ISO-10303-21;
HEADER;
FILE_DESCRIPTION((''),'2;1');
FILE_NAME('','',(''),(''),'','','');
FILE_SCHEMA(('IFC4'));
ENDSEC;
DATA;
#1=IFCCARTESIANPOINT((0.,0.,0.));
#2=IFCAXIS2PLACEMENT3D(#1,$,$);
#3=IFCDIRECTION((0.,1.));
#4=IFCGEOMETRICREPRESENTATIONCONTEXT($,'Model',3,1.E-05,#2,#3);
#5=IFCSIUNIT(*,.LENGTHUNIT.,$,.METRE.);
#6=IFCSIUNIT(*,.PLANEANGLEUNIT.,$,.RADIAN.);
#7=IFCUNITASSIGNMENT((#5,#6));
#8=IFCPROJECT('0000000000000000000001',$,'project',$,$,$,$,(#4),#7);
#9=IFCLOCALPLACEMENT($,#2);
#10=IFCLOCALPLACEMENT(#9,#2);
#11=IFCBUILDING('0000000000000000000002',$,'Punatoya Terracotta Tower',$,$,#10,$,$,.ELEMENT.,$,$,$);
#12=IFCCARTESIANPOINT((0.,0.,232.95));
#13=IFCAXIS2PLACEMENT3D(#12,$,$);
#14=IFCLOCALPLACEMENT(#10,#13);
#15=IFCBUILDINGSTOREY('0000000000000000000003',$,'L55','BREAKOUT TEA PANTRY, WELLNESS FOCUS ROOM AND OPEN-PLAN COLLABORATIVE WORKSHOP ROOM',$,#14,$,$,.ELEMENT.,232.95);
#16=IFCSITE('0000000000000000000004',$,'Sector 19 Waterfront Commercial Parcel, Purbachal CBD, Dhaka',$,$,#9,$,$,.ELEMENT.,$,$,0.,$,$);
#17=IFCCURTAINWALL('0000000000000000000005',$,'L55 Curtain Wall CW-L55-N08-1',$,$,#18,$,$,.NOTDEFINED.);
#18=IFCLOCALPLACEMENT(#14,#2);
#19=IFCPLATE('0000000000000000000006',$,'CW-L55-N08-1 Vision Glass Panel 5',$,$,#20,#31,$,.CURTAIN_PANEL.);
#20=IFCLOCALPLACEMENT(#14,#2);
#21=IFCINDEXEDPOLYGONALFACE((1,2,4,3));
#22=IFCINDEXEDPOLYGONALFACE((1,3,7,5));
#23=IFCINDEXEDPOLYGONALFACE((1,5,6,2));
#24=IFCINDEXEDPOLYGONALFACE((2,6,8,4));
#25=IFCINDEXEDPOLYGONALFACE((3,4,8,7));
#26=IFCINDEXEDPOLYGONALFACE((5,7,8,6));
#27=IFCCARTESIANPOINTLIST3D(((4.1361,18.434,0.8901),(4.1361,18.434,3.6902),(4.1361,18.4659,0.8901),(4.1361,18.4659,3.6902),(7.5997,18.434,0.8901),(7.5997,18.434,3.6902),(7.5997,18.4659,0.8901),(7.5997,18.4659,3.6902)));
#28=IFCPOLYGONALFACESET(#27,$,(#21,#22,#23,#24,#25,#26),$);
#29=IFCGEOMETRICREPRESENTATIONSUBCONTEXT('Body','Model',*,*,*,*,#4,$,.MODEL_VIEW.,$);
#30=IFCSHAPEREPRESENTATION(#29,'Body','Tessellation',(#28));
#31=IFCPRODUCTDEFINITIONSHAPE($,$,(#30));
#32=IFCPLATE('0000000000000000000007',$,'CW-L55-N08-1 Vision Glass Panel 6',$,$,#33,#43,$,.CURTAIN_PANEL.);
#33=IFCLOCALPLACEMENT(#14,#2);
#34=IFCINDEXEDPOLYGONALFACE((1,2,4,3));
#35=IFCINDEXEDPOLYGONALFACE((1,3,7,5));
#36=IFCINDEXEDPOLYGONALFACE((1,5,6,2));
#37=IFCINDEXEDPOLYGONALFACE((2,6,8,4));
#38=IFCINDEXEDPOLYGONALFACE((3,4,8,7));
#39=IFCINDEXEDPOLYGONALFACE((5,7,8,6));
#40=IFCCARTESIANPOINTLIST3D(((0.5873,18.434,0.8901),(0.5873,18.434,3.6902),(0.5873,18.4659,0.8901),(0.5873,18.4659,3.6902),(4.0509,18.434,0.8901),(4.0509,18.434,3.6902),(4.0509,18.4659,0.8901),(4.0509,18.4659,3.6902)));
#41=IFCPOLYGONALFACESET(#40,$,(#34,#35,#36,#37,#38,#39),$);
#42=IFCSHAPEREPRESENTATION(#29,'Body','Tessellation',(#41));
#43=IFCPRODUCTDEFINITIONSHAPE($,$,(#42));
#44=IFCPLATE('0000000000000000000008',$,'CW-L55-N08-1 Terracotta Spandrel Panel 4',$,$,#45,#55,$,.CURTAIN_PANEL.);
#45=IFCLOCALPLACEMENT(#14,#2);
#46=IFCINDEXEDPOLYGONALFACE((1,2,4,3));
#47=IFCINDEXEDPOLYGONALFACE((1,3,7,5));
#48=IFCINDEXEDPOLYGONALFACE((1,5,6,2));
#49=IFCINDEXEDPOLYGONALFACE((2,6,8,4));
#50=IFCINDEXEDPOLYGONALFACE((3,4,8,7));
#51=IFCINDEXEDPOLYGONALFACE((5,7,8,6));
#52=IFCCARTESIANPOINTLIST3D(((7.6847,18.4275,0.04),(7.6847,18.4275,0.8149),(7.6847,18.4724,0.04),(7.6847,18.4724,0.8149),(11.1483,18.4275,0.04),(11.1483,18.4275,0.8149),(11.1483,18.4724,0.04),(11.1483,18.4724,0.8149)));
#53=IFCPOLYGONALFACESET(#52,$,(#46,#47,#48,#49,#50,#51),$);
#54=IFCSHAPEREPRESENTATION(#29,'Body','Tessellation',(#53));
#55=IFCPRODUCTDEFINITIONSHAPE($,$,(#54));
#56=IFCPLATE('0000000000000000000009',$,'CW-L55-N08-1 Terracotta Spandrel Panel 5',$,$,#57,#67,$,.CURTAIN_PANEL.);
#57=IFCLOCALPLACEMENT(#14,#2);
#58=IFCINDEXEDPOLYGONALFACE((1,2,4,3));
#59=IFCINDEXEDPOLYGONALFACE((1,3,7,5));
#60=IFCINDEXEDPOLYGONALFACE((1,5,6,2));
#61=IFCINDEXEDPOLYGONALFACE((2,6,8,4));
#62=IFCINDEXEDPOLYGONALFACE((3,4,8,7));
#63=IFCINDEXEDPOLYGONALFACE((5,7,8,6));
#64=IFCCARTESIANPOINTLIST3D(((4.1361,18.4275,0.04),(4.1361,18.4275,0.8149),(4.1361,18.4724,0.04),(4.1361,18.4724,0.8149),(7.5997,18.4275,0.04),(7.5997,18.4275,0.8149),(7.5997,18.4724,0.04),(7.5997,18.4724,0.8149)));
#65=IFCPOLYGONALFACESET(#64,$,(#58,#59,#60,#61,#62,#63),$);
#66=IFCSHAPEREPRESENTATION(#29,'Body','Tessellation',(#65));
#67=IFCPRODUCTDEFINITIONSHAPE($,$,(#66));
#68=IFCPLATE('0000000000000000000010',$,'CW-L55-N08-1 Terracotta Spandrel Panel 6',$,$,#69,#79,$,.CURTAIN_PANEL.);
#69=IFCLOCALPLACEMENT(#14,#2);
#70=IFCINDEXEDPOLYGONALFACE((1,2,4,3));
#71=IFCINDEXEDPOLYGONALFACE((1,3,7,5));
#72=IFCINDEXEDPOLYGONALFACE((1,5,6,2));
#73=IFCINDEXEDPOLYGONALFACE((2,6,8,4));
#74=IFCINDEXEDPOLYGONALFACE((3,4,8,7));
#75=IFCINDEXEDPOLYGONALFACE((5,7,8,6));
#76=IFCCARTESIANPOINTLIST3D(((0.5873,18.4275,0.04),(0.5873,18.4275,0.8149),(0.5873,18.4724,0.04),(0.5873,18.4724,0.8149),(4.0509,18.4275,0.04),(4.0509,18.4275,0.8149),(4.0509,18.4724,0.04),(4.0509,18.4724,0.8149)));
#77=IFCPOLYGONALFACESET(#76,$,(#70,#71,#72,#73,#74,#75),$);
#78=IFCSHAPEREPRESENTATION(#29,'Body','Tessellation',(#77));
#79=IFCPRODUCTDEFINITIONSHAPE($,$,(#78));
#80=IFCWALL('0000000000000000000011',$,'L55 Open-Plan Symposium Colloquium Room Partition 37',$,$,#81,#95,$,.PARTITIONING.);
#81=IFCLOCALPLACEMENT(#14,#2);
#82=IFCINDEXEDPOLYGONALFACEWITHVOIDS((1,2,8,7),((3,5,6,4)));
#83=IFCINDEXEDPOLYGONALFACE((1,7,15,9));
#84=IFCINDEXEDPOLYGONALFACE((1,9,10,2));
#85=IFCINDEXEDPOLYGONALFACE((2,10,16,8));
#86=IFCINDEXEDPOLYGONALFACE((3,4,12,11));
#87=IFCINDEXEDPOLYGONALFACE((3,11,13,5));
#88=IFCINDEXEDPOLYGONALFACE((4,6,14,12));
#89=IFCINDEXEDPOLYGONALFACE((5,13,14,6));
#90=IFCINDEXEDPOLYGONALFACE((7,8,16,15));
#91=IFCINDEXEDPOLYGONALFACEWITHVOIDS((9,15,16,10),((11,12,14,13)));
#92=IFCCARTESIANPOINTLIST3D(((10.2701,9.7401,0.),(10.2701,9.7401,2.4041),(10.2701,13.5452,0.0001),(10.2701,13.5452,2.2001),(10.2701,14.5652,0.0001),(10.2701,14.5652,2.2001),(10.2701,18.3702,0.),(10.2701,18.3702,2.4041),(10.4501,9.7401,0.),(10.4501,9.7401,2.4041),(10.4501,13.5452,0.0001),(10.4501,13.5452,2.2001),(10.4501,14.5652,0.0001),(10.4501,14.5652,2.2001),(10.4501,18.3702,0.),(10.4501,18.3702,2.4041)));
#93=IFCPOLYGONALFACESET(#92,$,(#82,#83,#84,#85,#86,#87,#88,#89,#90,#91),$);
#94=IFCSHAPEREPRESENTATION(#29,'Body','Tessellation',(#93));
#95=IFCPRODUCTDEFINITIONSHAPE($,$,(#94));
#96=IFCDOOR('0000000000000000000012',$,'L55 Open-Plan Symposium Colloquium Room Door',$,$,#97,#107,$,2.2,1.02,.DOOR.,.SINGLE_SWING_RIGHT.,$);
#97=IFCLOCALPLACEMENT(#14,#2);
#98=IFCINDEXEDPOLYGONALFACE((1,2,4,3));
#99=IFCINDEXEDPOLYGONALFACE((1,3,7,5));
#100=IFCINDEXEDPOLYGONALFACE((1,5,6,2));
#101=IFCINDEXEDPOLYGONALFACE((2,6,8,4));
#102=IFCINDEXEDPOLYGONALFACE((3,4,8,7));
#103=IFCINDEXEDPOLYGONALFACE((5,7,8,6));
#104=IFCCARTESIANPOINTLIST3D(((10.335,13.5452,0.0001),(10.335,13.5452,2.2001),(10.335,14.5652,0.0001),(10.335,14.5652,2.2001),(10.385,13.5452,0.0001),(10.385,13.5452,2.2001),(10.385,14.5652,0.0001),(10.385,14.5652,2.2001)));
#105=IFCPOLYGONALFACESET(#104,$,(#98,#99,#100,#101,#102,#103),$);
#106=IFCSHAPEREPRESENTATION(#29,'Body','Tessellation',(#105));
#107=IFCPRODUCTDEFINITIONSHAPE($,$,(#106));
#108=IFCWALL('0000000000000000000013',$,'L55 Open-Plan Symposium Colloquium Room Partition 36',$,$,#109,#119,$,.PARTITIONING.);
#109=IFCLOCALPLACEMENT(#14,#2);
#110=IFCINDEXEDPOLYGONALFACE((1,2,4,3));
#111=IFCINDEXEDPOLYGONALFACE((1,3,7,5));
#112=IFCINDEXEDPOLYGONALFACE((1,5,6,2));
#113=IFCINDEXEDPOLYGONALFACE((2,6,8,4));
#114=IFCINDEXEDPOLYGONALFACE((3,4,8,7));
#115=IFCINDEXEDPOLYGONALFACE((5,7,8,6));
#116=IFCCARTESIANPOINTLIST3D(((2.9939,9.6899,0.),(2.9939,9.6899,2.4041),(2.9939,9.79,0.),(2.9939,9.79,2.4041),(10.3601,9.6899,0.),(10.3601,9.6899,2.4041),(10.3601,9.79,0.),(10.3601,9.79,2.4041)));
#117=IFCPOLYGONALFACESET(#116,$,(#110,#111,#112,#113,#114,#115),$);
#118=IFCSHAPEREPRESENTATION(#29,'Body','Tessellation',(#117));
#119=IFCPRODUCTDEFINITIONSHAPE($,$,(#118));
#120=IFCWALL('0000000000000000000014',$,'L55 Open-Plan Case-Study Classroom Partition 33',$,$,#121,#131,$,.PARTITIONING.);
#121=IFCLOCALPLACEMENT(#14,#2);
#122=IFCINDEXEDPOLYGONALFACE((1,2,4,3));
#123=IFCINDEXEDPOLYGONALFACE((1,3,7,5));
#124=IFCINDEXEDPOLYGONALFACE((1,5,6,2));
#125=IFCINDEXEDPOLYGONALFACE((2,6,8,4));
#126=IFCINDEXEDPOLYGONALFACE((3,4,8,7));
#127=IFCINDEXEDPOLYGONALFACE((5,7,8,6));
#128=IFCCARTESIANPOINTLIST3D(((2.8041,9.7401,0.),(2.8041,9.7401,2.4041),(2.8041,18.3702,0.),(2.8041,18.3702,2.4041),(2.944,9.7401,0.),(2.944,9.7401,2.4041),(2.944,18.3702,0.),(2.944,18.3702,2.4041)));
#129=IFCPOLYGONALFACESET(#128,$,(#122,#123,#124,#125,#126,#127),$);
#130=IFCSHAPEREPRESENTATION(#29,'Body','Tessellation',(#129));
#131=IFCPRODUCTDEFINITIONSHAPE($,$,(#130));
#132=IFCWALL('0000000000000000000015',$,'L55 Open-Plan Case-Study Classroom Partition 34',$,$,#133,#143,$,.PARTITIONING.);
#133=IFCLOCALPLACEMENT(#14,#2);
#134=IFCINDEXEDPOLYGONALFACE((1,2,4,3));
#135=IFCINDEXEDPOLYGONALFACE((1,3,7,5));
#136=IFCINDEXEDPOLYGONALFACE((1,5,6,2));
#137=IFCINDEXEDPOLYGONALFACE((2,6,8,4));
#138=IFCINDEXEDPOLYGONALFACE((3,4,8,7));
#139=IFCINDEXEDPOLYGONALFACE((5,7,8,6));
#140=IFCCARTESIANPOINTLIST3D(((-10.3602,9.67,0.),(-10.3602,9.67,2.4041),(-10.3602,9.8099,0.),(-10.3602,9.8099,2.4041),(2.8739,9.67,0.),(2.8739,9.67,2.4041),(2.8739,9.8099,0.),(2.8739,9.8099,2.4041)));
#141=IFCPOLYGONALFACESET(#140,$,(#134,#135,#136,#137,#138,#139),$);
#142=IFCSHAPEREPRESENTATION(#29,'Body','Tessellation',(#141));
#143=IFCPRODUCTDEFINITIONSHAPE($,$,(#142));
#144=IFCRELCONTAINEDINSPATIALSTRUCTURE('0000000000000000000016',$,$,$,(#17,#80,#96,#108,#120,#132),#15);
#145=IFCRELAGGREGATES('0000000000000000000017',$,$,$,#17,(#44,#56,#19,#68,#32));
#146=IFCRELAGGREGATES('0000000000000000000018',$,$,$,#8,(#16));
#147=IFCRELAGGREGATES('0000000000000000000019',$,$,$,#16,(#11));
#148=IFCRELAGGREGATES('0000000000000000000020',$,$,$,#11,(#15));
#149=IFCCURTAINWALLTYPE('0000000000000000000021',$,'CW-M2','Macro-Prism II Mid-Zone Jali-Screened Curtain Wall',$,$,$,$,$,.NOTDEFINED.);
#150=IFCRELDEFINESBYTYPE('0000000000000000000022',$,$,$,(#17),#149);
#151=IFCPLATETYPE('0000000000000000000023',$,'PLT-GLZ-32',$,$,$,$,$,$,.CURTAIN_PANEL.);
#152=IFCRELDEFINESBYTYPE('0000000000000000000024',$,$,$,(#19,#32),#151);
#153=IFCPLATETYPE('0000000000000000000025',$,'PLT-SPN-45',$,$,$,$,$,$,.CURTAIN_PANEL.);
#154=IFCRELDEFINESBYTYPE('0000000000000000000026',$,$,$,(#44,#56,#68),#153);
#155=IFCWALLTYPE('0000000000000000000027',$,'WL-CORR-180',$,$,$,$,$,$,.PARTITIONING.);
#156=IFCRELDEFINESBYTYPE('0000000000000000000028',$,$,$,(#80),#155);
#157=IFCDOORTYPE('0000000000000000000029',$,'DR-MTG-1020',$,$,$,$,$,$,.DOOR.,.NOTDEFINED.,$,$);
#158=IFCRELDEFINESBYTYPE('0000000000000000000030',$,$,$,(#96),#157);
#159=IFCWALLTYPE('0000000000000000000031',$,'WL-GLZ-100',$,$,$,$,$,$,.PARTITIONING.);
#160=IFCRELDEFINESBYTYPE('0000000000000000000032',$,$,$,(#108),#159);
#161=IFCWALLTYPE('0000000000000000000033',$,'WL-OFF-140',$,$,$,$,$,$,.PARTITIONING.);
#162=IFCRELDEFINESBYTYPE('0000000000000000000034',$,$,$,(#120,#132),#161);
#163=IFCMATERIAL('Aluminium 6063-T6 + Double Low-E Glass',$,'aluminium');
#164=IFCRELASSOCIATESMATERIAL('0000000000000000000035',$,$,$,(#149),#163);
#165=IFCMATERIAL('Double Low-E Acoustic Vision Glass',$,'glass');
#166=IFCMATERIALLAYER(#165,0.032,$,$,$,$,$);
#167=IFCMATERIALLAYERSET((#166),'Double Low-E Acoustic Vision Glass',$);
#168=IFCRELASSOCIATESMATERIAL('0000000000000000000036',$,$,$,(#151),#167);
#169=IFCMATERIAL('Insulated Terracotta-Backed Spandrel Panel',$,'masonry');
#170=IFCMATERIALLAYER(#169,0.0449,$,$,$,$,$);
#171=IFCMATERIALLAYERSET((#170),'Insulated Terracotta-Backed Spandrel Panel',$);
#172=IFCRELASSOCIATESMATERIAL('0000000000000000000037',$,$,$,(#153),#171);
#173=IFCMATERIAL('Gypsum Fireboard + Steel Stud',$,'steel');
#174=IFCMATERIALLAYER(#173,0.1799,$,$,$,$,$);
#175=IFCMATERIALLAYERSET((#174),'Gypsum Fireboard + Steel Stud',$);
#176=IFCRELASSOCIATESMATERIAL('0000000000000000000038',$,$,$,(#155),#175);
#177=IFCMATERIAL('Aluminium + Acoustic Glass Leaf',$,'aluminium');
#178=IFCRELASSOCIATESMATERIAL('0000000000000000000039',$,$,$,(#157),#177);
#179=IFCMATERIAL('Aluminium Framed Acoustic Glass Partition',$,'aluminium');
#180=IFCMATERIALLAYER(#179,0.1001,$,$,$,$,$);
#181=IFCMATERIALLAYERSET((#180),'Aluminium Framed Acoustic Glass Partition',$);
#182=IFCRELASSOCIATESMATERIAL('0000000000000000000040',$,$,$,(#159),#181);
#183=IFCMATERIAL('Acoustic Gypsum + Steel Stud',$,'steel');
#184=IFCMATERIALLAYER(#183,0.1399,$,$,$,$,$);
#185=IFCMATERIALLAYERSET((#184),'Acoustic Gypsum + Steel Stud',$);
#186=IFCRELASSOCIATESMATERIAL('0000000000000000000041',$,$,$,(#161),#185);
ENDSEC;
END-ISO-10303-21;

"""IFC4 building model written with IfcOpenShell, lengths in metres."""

from ifc_helpers import new_model, si_unit, direction, frame, frame_2d, origin, origin_2d, place, context, subcontext, project, spatial, rectangle, extrude, material, layer, layer_set, type_object, element, fill, aggregate, save


model = new_model("IFC4")

# Units and contexts
model_context = context("Model", 3, precision=1e-05, world=origin(), true_north=direction((0.0, 1.0)))
body_context = subcontext(model_context, "Body", "Model", "MODEL_VIEW")
ifc_project = project(units=[si_unit("LENGTHUNIT", "METRE"), si_unit("PLANEANGLEUNIT", "RADIAN")], contexts=[model_context])

# Site, building, storey
site_placement = place(None, origin())
site = spatial("IfcSite", under=ifc_project, at=site_placement, Name="Sector 19 Waterfront Commercial Parcel, Purbachal CBD, Dhaka", CompositionType="ELEMENT", RefElevation=0.0)
building_placement = place(site_placement, origin())
building = spatial("IfcBuilding", under=site, at=building_placement, Name="Punatoya Terracotta Tower", CompositionType="ELEMENT")
storey_placement = place(building_placement, frame((0.0, 0.0, 232.95)))
storey = spatial("IfcBuildingStorey", under=building, at=storey_placement, Name="L55", Description="BREAKOUT TEA PANTRY, WELLNESS FOCUS ROOM AND OPEN-PLAN COLLABORATIVE WORKSHOP ROOM", CompositionType="ELEMENT", Elevation=232.95)

# Curtain wall, plates
ifc_material_1 = material(Name="Aluminium 6063-T6 + Double Low-E Glass", Category="aluminium")
curtain_wall_type = type_object("IfcCurtainWallType", Name="CW-M2", Description="Macro-Prism II Mid-Zone Jali-Screened Curtain Wall", PredefinedType="NOTDEFINED", material=ifc_material_1)
curtain_wall_placement = place(storey_placement, origin())
curtain_wall = element("IfcCurtainWall", 1, at=curtain_wall_placement, inside=storey, type_object=curtain_wall_type, Name="L55 Curtain Wall CW-L55-N08-1", PredefinedType="NOTDEFINED")
ifc_material_2 = material(Name="Double Low-E Acoustic Vision Glass", Category="glass")
ifc_layer_1 = layer(ifc_material_2, 0.032)
ifc_layer_set_1 = layer_set([ifc_layer_1], Name="Double Low-E Acoustic Vision Glass")
plate_type_1 = type_object("IfcPlateType", Name="PLT-GLZ-32", PredefinedType="CURTAIN_PANEL", material=ifc_layer_set_1)
plate_1_placement = place(storey_placement, frame((5.8679, 18.45, 0.8901), z_axis=(0.0, 0.0, 1.0), x_axis=(-1.0, 0.0, 0.0)))
plate_1 = element("IfcPlate", 2, at=plate_1_placement, type_object=plate_type_1, Name="CW-L55-N08-1 Vision Glass Panel 5", PredefinedType="CURTAIN_PANEL", context=body_context, shape_type="SweptSolid", body=[
    extrude(rectangle(XDim=3.4636, YDim=0.032, at=origin_2d()), origin(), (0.0, 0.0, 1.0), 2.8),
])
plate_2_placement = place(storey_placement, frame((2.3191, 18.45, 0.8901), z_axis=(0.0, 0.0, 1.0), x_axis=(-1.0, 0.0, 0.0)))
plate_2 = element("IfcPlate", 3, at=plate_2_placement, type_object=plate_type_1, Name="CW-L55-N08-1 Vision Glass Panel 6", PredefinedType="CURTAIN_PANEL", context=body_context, shape_type="SweptSolid", body=[
    extrude(rectangle(XDim=3.4636, YDim=0.032, at=origin_2d()), origin(), (0.0, 0.0, 1.0), 2.8),
])
ifc_material_3 = material(Name="Insulated Terracotta-Backed Spandrel Panel", Category="masonry")
ifc_layer_2 = layer(ifc_material_3, 0.0449)
ifc_layer_set_2 = layer_set([ifc_layer_2], Name="Insulated Terracotta-Backed Spandrel Panel")
plate_type_2 = type_object("IfcPlateType", Name="PLT-SPN-45", PredefinedType="CURTAIN_PANEL", material=ifc_layer_set_2)
plate_3_placement = place(storey_placement, frame((9.4165, 18.45, 0.04), z_axis=(0.0, 0.0, 1.0), x_axis=(-1.0, 0.0, 0.0)))
plate_3 = element("IfcPlate", 4, at=plate_3_placement, type_object=plate_type_2, Name="CW-L55-N08-1 Terracotta Spandrel Panel 4", PredefinedType="CURTAIN_PANEL", context=body_context, shape_type="SweptSolid", body=[
    extrude(rectangle(XDim=3.4636, YDim=0.0449, at=origin_2d()), origin(), (0.0, 0.0, 1.0), 0.7749),
])
plate_4_placement = place(storey_placement, frame((5.8679, 18.45, 0.04), z_axis=(0.0, 0.0, 1.0), x_axis=(-1.0, 0.0, 0.0)))
plate_4 = element("IfcPlate", 5, at=plate_4_placement, type_object=plate_type_2, Name="CW-L55-N08-1 Terracotta Spandrel Panel 5", PredefinedType="CURTAIN_PANEL", context=body_context, shape_type="SweptSolid", body=[
    extrude(rectangle(XDim=3.4636, YDim=0.0449, at=origin_2d()), origin(), (0.0, 0.0, 1.0), 0.7749),
])
plate_5_placement = place(storey_placement, frame((2.3191, 18.45, 0.04), z_axis=(0.0, 0.0, 1.0), x_axis=(-1.0, 0.0, 0.0)))
plate_5 = element("IfcPlate", 6, at=plate_5_placement, type_object=plate_type_2, Name="CW-L55-N08-1 Terracotta Spandrel Panel 6", PredefinedType="CURTAIN_PANEL", context=body_context, shape_type="SweptSolid", body=[
    extrude(rectangle(XDim=3.4636, YDim=0.0449, at=origin_2d()), origin(), (0.0, 0.0, 1.0), 0.7749),
])
aggregate(curtain_wall, [plate_3, plate_4, plate_1, plate_5, plate_2])

# Wall, opening, door
ifc_material_4 = material(Name="Gypsum Fireboard + Steel Stud", Category="steel")
ifc_layer_3 = layer(ifc_material_4, 0.1799)
ifc_layer_set_3 = layer_set([ifc_layer_3], Name="Gypsum Fireboard + Steel Stud")
wall_type_1 = type_object("IfcWallType", Name="WL-CORR-180", PredefinedType="PARTITIONING", material=ifc_layer_set_3)
wall_1_placement = place(storey_placement, frame((10.3601, 18.3701, 0.0), z_axis=(0.0, 0.0, 1.0), x_axis=(0.0, -1.0, 0.0)))
wall_1 = element("IfcWall", 7, at=wall_1_placement, inside=storey, type_object=wall_type_1, Name="L55 Open-Plan Symposium Colloquium Room Partition 37", PredefinedType="PARTITIONING", context=body_context, shape_type="SweptSolid", body=[
    extrude(rectangle(XDim=8.6301, YDim=0.1799, at=frame_2d((4.3149, 0.0))), origin(), (0.0, 0.0, 1.0), 2.4041),
])
opening_placement = place(wall_1_placement, frame((3.8049, 0.0, 0.0)))
opening = element("IfcOpeningElement", 8, at=opening_placement, cuts=wall_1, PredefinedType="OPENING", context=body_context, shape_type="SweptSolid", body=[
    extrude(rectangle(XDim=1.02, YDim=2.2, at=frame_2d((0.51, 1.1001))), frame((0.0, 0.0999, 0.0), z_axis=(0.0, -1.0, 0.0), x_axis=(1.0, 0.0, 0.0)), (0.0, 0.0, 1.0), 0.2),
])
ifc_material_5 = material(Name="Aluminium + Acoustic Glass Leaf", Category="aluminium")
door_type = type_object("IfcDoorType", Name="DR-MTG-1020", OperationType="NOTDEFINED", PredefinedType="DOOR", material=ifc_material_5)
door_placement = place(opening_placement, origin())
door = element("IfcDoor", 9, at=door_placement, inside=storey, type_object=door_type, Name="L55 Open-Plan Symposium Colloquium Room Door", OperationType="SINGLE_SWING_RIGHT", OverallHeight=2.2, OverallWidth=1.02, PredefinedType="DOOR", context=body_context, shape_type="SweptSolid", body=[
    extrude(rectangle(XDim=1.02, YDim=2.2, at=frame_2d((0.51, 1.1001))), frame((0.0, 0.0249, 0.0), z_axis=(0.0, -1.0, 0.0), x_axis=(1.0, 0.0, 0.0)), (0.0, 0.0, 1.0), 0.05),
])
fill(opening, door)

# Walls
ifc_material_6 = material(Name="Aluminium Framed Acoustic Glass Partition", Category="aluminium")
ifc_layer_4 = layer(ifc_material_6, 0.1001)
ifc_layer_set_4 = layer_set([ifc_layer_4], Name="Aluminium Framed Acoustic Glass Partition")
wall_type_2 = type_object("IfcWallType", Name="WL-GLZ-100", PredefinedType="PARTITIONING", material=ifc_layer_set_4)
wall_2_placement = place(storey_placement, frame((10.3601, 9.74, 0.0), z_axis=(0.0, 0.0, 1.0), x_axis=(-1.0, 0.0, 0.0)))
element("IfcWall", 10, at=wall_2_placement, inside=storey, type_object=wall_type_2, Name="L55 Open-Plan Symposium Colloquium Room Partition 36", PredefinedType="PARTITIONING", context=body_context, shape_type="SweptSolid", body=[
    extrude(rectangle(XDim=7.3662, YDim=0.1001, at=frame_2d((3.6831, 0.0))), origin(), (0.0, 0.0, 1.0), 2.4041),
])
ifc_material_7 = material(Name="Acoustic Gypsum + Steel Stud", Category="steel")
ifc_layer_5 = layer(ifc_material_7, 0.1399)
ifc_layer_set_5 = layer_set([ifc_layer_5], Name="Acoustic Gypsum + Steel Stud")
wall_type_3 = type_object("IfcWallType", Name="WL-OFF-140", PredefinedType="PARTITIONING", material=ifc_layer_set_5)
wall_3_placement = place(storey_placement, frame((2.874, 18.3701, 0.0), z_axis=(0.0, 0.0, 1.0), x_axis=(0.0, -1.0, 0.0)))
element("IfcWall", 11, at=wall_3_placement, inside=storey, type_object=wall_type_3, Name="L55 Open-Plan Case-Study Classroom Partition 33", PredefinedType="PARTITIONING", context=body_context, shape_type="SweptSolid", body=[
    extrude(rectangle(XDim=8.6301, YDim=0.1399, at=frame_2d((4.3149, 0.0))), origin(), (0.0, 0.0, 1.0), 2.4041),
])
wall_4_placement = place(storey_placement, frame((2.874, 9.74, 0.0), z_axis=(0.0, 0.0, 1.0), x_axis=(-1.0, 0.0, 0.0)))
element("IfcWall", 12, at=wall_4_placement, inside=storey, type_object=wall_type_3, Name="L55 Open-Plan Case-Study Classroom Partition 34", PredefinedType="PARTITIONING", context=body_context, shape_type="SweptSolid", body=[
    extrude(rectangle(XDim=13.2341, YDim=0.1399, at=frame_2d((6.6172, 0.0))), origin(), (0.0, 0.0, 1.0), 2.4041),
])

save(model, "model.ifc")
